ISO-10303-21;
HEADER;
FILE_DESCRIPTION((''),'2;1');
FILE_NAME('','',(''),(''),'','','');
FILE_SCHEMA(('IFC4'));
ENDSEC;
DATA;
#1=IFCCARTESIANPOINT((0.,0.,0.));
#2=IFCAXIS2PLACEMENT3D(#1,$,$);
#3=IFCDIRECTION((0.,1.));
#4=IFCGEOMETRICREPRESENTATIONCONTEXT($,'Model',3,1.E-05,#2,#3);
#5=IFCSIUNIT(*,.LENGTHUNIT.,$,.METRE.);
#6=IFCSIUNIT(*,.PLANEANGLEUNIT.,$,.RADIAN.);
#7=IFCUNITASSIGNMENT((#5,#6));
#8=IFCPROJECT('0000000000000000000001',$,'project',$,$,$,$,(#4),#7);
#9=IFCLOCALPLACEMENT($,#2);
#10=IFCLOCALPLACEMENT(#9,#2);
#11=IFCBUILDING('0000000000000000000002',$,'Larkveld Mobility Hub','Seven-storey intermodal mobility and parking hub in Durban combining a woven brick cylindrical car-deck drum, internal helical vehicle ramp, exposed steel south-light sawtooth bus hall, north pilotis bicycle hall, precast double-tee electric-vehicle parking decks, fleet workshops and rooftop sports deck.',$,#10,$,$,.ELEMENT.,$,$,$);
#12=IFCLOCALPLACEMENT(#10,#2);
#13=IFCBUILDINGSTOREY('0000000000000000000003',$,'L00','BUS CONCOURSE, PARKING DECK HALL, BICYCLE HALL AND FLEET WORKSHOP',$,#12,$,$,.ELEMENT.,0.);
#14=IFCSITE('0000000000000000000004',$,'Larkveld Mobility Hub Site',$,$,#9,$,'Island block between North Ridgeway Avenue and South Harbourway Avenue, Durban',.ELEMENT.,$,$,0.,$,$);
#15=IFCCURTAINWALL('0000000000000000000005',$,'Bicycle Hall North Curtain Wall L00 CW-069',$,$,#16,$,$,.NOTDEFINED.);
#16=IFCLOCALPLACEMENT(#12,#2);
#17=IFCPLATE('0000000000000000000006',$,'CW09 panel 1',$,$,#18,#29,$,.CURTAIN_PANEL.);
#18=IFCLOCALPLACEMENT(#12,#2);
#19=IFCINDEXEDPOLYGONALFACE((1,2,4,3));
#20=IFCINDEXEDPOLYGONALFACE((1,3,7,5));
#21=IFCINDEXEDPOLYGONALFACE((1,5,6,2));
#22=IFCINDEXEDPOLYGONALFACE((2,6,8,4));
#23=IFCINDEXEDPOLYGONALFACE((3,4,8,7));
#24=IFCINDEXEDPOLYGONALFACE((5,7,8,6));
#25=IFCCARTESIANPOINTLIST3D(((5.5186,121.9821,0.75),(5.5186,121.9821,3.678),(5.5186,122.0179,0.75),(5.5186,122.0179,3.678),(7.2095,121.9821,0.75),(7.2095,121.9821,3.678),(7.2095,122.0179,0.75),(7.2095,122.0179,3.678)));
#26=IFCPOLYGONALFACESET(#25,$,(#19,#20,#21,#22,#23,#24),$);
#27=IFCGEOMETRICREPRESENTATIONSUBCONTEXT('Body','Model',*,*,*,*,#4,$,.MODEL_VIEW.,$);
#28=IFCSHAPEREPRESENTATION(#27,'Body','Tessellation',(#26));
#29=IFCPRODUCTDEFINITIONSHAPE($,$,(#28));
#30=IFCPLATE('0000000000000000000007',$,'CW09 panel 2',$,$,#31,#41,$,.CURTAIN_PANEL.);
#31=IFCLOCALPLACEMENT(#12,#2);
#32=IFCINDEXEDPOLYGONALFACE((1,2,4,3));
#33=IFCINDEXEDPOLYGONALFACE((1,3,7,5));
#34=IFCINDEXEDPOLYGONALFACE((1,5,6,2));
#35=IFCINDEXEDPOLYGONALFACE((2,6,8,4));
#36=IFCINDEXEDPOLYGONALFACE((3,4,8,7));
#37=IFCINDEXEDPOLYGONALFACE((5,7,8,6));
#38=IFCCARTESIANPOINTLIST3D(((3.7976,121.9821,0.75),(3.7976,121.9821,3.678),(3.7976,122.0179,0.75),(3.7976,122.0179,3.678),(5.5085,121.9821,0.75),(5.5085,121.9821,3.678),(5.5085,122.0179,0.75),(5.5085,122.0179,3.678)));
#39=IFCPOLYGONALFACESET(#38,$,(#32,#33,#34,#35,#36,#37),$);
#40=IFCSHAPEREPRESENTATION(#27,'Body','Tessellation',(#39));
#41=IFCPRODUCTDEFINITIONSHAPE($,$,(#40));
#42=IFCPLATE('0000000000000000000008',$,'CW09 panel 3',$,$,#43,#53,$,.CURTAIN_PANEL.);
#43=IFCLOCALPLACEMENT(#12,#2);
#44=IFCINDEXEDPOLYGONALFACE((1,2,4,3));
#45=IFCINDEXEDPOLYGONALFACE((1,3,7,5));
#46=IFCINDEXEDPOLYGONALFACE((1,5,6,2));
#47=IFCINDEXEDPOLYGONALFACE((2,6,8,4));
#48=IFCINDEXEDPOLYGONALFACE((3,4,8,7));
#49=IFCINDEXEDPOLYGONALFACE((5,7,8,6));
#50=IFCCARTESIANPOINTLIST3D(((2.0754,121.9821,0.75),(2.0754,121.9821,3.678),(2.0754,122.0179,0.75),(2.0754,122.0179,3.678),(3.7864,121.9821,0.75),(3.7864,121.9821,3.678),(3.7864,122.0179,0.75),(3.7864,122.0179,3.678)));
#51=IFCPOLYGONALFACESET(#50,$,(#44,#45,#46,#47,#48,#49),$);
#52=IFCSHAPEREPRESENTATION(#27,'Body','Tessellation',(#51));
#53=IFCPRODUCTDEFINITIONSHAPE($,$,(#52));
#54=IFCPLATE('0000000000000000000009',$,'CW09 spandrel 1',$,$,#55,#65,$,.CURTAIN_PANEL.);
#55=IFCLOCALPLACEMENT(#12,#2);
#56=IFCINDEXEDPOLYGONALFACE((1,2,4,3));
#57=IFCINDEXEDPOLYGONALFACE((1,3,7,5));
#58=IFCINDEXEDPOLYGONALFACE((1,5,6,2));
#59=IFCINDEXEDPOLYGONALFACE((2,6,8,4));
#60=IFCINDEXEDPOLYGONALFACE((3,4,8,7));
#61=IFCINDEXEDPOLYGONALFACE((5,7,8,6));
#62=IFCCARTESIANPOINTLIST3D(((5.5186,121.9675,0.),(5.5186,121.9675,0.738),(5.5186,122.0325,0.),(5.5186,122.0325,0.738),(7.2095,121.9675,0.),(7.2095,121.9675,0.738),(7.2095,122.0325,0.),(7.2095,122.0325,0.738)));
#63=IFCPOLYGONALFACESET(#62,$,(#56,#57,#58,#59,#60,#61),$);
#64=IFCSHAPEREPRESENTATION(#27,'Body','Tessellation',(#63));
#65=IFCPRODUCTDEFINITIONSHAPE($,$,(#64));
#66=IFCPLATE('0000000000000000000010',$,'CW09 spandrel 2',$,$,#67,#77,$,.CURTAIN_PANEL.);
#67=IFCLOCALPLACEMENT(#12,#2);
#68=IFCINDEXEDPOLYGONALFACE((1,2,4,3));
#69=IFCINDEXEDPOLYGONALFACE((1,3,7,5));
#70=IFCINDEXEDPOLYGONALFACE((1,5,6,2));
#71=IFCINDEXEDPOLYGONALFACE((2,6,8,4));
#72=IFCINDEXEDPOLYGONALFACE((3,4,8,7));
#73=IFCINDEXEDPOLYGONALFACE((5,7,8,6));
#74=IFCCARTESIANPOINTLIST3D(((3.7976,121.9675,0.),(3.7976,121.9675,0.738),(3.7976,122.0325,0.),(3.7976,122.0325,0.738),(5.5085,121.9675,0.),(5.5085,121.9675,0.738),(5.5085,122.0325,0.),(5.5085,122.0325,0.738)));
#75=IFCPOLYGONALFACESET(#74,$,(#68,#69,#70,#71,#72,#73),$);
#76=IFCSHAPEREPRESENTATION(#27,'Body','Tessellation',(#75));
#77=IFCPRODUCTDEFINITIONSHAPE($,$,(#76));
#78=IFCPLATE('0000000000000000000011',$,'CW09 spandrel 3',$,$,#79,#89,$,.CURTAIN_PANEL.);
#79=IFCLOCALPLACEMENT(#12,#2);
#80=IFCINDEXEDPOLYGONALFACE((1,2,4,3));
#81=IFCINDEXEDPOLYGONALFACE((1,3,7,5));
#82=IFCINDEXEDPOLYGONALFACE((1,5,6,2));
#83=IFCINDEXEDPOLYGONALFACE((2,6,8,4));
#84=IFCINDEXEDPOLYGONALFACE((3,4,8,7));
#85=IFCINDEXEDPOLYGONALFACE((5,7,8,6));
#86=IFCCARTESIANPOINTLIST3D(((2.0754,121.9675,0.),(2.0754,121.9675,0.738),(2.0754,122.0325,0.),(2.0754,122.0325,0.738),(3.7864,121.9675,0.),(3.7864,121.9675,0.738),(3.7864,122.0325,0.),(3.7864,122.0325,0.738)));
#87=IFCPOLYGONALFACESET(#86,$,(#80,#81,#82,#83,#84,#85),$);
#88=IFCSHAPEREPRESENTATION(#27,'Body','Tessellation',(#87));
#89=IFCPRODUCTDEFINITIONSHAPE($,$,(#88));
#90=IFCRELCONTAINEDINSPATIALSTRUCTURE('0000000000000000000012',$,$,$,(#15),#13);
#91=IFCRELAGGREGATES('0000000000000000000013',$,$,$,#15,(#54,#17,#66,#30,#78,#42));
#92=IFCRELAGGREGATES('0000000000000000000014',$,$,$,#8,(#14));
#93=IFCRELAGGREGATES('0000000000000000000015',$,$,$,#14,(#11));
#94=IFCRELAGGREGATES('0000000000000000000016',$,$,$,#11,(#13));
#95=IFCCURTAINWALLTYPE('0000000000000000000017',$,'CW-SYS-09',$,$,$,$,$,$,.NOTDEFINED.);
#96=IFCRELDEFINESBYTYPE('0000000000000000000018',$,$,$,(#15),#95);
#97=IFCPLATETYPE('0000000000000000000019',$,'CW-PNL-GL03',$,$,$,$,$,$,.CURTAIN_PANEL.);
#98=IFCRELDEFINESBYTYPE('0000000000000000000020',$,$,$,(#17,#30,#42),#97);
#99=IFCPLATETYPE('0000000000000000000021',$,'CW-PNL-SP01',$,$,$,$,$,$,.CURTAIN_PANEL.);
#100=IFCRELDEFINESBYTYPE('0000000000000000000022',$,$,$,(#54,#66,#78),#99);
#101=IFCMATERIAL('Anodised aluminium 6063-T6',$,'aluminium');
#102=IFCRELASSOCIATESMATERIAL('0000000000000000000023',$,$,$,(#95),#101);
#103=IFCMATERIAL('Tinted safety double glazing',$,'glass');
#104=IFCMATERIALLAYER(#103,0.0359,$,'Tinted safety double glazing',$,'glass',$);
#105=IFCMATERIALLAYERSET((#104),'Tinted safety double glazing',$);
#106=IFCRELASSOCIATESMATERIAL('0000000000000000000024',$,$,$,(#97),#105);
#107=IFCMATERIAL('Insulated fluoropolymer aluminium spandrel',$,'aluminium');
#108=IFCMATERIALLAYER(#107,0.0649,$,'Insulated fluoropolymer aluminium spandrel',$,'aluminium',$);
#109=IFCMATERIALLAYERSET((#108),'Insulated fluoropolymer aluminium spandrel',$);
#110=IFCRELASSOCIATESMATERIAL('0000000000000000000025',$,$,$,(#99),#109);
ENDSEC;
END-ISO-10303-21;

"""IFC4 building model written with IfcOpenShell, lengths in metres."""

from ifc_helpers import new_model, si_unit, direction, frame, origin, origin_2d, place, context, subcontext, project, spatial, rectangle, extrude, material, layer, layer_set, type_object, element, aggregate, save


model = new_model("IFC4")

# Units and contexts
model_context = context("Model", 3, precision=1e-05, world=origin(), true_north=direction((0.0, 1.0)))
body_context = subcontext(model_context, "Body", "Model", "MODEL_VIEW")
ifc_project = project(units=[si_unit("LENGTHUNIT", "METRE"), si_unit("PLANEANGLEUNIT", "RADIAN")], contexts=[model_context])

# Site, building, storey
site_placement = place(None, origin())
site = spatial("IfcSite", under=ifc_project, at=site_placement, Name="Larkveld Mobility Hub Site", LongName="Island block between North Ridgeway Avenue and South Harbourway Avenue, Durban", CompositionType="ELEMENT", RefElevation=0.0)
building_placement = place(site_placement, origin())
building = spatial("IfcBuilding", under=site, at=building_placement, Name="Larkveld Mobility Hub", Description="Seven-storey intermodal mobility and parking hub in Durban combining a woven brick cylindrical car-deck drum, internal helical vehicle ramp, exposed steel south-light sawtooth bus hall, north pilotis bicycle hall, precast double-tee electric-vehicle parking decks, fleet workshops and rooftop sports deck.", CompositionType="ELEMENT")
storey_placement = place(building_placement, origin())
storey = spatial("IfcBuildingStorey", under=building, at=storey_placement, Name="L00", Description="BUS CONCOURSE, PARKING DECK HALL, BICYCLE HALL AND FLEET WORKSHOP", CompositionType="ELEMENT", Elevation=0.0)

# Curtain wall, plates
ifc_material_1 = material(Name="Anodised aluminium 6063-T6", Category="aluminium")
curtain_wall_type = type_object("IfcCurtainWallType", Name="CW-SYS-09", PredefinedType="NOTDEFINED", material=ifc_material_1)
curtain_wall_placement = place(storey_placement, origin())
curtain_wall = element("IfcCurtainWall", 1, at=curtain_wall_placement, inside=storey, type_object=curtain_wall_type, Name="Bicycle Hall North Curtain Wall L00 CW-069", PredefinedType="NOTDEFINED")
ifc_material_2 = material(Name="Tinted safety double glazing", Category="glass")
ifc_layer_1 = layer(ifc_material_2, 0.0359, Name="Tinted safety double glazing", Category="glass")
ifc_layer_set_1 = layer_set([ifc_layer_1], Name="Tinted safety double glazing")
plate_type_1 = type_object("IfcPlateType", Name="CW-PNL-GL03", PredefinedType="CURTAIN_PANEL", material=ifc_layer_set_1)
plate_1_placement = place(storey_placement, frame((6.364, 122.0, 0.75), z_axis=(0.0, 0.0, 1.0), x_axis=(-1.0, 0.0, 0.0)))
plate_1 = element("IfcPlate", 2, at=plate_1_placement, type_object=plate_type_1, Name="CW09 panel 1", PredefinedType="CURTAIN_PANEL", context=body_context, shape_type="SweptSolid", body=[
    extrude(rectangle(XDim=1.6909, YDim=0.0359, at=origin_2d()), origin(), (0.0, 0.0, 1.0), 2.928),
])
plate_2_placement = place(storey_placement, frame((4.6531, 122.0, 0.75), z_axis=(0.0, 0.0, 1.0), x_axis=(-1.0, 0.0, 0.0)))
plate_2 = element("IfcPlate", 3, at=plate_2_placement, type_object=plate_type_1, Name="CW09 panel 2", PredefinedType="CURTAIN_PANEL", context=body_context, shape_type="SweptSolid", body=[
    extrude(rectangle(XDim=1.7109, YDim=0.0359, at=origin_2d()), origin(), (0.0, 0.0, 1.0), 2.928),
])
plate_3_placement = place(storey_placement, frame((2.9309, 122.0, 0.75), z_axis=(0.0, 0.0, 1.0), x_axis=(-1.0, 0.0, 0.0)))
plate_3 = element("IfcPlate", 4, at=plate_3_placement, type_object=plate_type_1, Name="CW09 panel 3", PredefinedType="CURTAIN_PANEL", context=body_context, shape_type="SweptSolid", body=[
    extrude(rectangle(XDim=1.7109, YDim=0.0359, at=origin_2d()), origin(), (0.0, 0.0, 1.0), 2.928),
])
ifc_material_3 = material(Name="Insulated fluoropolymer aluminium spandrel", Category="aluminium")
ifc_layer_2 = layer(ifc_material_3, 0.0649, Name="Insulated fluoropolymer aluminium spandrel", Category="aluminium")
ifc_layer_set_2 = layer_set([ifc_layer_2], Name="Insulated fluoropolymer aluminium spandrel")
plate_type_2 = type_object("IfcPlateType", Name="CW-PNL-SP01", PredefinedType="CURTAIN_PANEL", material=ifc_layer_set_2)
plate_4_placement = place(storey_placement, frame((6.364, 122.0, 0.0), z_axis=(0.0, 0.0, 1.0), x_axis=(-1.0, 0.0, 0.0)))
plate_4 = element("IfcPlate", 5, at=plate_4_placement, type_object=plate_type_2, Name="CW09 spandrel 1", PredefinedType="CURTAIN_PANEL", context=body_context, shape_type="SweptSolid", body=[
    extrude(rectangle(XDim=1.6909, YDim=0.0649, at=origin_2d()), origin(), (0.0, 0.0, 1.0), 0.738),
])
plate_5_placement = place(storey_placement, frame((4.6531, 122.0, 0.0), z_axis=(0.0, 0.0, 1.0), x_axis=(-1.0, 0.0, 0.0)))
plate_5 = element("IfcPlate", 6, at=plate_5_placement, type_object=plate_type_2, Name="CW09 spandrel 2", PredefinedType="CURTAIN_PANEL", context=body_context, shape_type="SweptSolid", body=[
    extrude(rectangle(XDim=1.7109, YDim=0.0649, at=origin_2d()), origin(), (0.0, 0.0, 1.0), 0.738),
])
plate_6_placement = place(storey_placement, frame((2.9309, 122.0, 0.0), z_axis=(0.0, 0.0, 1.0), x_axis=(-1.0, 0.0, 0.0)))
plate_6 = element("IfcPlate", 7, at=plate_6_placement, type_object=plate_type_2, Name="CW09 spandrel 3", PredefinedType="CURTAIN_PANEL", context=body_context, shape_type="SweptSolid", body=[
    extrude(rectangle(XDim=1.7109, YDim=0.0649, at=origin_2d()), origin(), (0.0, 0.0, 1.0), 0.738),
])
aggregate(curtain_wall, [plate_4, plate_1, plate_5, plate_2, plate_6, plate_3])

save(model, "model.ifc")
